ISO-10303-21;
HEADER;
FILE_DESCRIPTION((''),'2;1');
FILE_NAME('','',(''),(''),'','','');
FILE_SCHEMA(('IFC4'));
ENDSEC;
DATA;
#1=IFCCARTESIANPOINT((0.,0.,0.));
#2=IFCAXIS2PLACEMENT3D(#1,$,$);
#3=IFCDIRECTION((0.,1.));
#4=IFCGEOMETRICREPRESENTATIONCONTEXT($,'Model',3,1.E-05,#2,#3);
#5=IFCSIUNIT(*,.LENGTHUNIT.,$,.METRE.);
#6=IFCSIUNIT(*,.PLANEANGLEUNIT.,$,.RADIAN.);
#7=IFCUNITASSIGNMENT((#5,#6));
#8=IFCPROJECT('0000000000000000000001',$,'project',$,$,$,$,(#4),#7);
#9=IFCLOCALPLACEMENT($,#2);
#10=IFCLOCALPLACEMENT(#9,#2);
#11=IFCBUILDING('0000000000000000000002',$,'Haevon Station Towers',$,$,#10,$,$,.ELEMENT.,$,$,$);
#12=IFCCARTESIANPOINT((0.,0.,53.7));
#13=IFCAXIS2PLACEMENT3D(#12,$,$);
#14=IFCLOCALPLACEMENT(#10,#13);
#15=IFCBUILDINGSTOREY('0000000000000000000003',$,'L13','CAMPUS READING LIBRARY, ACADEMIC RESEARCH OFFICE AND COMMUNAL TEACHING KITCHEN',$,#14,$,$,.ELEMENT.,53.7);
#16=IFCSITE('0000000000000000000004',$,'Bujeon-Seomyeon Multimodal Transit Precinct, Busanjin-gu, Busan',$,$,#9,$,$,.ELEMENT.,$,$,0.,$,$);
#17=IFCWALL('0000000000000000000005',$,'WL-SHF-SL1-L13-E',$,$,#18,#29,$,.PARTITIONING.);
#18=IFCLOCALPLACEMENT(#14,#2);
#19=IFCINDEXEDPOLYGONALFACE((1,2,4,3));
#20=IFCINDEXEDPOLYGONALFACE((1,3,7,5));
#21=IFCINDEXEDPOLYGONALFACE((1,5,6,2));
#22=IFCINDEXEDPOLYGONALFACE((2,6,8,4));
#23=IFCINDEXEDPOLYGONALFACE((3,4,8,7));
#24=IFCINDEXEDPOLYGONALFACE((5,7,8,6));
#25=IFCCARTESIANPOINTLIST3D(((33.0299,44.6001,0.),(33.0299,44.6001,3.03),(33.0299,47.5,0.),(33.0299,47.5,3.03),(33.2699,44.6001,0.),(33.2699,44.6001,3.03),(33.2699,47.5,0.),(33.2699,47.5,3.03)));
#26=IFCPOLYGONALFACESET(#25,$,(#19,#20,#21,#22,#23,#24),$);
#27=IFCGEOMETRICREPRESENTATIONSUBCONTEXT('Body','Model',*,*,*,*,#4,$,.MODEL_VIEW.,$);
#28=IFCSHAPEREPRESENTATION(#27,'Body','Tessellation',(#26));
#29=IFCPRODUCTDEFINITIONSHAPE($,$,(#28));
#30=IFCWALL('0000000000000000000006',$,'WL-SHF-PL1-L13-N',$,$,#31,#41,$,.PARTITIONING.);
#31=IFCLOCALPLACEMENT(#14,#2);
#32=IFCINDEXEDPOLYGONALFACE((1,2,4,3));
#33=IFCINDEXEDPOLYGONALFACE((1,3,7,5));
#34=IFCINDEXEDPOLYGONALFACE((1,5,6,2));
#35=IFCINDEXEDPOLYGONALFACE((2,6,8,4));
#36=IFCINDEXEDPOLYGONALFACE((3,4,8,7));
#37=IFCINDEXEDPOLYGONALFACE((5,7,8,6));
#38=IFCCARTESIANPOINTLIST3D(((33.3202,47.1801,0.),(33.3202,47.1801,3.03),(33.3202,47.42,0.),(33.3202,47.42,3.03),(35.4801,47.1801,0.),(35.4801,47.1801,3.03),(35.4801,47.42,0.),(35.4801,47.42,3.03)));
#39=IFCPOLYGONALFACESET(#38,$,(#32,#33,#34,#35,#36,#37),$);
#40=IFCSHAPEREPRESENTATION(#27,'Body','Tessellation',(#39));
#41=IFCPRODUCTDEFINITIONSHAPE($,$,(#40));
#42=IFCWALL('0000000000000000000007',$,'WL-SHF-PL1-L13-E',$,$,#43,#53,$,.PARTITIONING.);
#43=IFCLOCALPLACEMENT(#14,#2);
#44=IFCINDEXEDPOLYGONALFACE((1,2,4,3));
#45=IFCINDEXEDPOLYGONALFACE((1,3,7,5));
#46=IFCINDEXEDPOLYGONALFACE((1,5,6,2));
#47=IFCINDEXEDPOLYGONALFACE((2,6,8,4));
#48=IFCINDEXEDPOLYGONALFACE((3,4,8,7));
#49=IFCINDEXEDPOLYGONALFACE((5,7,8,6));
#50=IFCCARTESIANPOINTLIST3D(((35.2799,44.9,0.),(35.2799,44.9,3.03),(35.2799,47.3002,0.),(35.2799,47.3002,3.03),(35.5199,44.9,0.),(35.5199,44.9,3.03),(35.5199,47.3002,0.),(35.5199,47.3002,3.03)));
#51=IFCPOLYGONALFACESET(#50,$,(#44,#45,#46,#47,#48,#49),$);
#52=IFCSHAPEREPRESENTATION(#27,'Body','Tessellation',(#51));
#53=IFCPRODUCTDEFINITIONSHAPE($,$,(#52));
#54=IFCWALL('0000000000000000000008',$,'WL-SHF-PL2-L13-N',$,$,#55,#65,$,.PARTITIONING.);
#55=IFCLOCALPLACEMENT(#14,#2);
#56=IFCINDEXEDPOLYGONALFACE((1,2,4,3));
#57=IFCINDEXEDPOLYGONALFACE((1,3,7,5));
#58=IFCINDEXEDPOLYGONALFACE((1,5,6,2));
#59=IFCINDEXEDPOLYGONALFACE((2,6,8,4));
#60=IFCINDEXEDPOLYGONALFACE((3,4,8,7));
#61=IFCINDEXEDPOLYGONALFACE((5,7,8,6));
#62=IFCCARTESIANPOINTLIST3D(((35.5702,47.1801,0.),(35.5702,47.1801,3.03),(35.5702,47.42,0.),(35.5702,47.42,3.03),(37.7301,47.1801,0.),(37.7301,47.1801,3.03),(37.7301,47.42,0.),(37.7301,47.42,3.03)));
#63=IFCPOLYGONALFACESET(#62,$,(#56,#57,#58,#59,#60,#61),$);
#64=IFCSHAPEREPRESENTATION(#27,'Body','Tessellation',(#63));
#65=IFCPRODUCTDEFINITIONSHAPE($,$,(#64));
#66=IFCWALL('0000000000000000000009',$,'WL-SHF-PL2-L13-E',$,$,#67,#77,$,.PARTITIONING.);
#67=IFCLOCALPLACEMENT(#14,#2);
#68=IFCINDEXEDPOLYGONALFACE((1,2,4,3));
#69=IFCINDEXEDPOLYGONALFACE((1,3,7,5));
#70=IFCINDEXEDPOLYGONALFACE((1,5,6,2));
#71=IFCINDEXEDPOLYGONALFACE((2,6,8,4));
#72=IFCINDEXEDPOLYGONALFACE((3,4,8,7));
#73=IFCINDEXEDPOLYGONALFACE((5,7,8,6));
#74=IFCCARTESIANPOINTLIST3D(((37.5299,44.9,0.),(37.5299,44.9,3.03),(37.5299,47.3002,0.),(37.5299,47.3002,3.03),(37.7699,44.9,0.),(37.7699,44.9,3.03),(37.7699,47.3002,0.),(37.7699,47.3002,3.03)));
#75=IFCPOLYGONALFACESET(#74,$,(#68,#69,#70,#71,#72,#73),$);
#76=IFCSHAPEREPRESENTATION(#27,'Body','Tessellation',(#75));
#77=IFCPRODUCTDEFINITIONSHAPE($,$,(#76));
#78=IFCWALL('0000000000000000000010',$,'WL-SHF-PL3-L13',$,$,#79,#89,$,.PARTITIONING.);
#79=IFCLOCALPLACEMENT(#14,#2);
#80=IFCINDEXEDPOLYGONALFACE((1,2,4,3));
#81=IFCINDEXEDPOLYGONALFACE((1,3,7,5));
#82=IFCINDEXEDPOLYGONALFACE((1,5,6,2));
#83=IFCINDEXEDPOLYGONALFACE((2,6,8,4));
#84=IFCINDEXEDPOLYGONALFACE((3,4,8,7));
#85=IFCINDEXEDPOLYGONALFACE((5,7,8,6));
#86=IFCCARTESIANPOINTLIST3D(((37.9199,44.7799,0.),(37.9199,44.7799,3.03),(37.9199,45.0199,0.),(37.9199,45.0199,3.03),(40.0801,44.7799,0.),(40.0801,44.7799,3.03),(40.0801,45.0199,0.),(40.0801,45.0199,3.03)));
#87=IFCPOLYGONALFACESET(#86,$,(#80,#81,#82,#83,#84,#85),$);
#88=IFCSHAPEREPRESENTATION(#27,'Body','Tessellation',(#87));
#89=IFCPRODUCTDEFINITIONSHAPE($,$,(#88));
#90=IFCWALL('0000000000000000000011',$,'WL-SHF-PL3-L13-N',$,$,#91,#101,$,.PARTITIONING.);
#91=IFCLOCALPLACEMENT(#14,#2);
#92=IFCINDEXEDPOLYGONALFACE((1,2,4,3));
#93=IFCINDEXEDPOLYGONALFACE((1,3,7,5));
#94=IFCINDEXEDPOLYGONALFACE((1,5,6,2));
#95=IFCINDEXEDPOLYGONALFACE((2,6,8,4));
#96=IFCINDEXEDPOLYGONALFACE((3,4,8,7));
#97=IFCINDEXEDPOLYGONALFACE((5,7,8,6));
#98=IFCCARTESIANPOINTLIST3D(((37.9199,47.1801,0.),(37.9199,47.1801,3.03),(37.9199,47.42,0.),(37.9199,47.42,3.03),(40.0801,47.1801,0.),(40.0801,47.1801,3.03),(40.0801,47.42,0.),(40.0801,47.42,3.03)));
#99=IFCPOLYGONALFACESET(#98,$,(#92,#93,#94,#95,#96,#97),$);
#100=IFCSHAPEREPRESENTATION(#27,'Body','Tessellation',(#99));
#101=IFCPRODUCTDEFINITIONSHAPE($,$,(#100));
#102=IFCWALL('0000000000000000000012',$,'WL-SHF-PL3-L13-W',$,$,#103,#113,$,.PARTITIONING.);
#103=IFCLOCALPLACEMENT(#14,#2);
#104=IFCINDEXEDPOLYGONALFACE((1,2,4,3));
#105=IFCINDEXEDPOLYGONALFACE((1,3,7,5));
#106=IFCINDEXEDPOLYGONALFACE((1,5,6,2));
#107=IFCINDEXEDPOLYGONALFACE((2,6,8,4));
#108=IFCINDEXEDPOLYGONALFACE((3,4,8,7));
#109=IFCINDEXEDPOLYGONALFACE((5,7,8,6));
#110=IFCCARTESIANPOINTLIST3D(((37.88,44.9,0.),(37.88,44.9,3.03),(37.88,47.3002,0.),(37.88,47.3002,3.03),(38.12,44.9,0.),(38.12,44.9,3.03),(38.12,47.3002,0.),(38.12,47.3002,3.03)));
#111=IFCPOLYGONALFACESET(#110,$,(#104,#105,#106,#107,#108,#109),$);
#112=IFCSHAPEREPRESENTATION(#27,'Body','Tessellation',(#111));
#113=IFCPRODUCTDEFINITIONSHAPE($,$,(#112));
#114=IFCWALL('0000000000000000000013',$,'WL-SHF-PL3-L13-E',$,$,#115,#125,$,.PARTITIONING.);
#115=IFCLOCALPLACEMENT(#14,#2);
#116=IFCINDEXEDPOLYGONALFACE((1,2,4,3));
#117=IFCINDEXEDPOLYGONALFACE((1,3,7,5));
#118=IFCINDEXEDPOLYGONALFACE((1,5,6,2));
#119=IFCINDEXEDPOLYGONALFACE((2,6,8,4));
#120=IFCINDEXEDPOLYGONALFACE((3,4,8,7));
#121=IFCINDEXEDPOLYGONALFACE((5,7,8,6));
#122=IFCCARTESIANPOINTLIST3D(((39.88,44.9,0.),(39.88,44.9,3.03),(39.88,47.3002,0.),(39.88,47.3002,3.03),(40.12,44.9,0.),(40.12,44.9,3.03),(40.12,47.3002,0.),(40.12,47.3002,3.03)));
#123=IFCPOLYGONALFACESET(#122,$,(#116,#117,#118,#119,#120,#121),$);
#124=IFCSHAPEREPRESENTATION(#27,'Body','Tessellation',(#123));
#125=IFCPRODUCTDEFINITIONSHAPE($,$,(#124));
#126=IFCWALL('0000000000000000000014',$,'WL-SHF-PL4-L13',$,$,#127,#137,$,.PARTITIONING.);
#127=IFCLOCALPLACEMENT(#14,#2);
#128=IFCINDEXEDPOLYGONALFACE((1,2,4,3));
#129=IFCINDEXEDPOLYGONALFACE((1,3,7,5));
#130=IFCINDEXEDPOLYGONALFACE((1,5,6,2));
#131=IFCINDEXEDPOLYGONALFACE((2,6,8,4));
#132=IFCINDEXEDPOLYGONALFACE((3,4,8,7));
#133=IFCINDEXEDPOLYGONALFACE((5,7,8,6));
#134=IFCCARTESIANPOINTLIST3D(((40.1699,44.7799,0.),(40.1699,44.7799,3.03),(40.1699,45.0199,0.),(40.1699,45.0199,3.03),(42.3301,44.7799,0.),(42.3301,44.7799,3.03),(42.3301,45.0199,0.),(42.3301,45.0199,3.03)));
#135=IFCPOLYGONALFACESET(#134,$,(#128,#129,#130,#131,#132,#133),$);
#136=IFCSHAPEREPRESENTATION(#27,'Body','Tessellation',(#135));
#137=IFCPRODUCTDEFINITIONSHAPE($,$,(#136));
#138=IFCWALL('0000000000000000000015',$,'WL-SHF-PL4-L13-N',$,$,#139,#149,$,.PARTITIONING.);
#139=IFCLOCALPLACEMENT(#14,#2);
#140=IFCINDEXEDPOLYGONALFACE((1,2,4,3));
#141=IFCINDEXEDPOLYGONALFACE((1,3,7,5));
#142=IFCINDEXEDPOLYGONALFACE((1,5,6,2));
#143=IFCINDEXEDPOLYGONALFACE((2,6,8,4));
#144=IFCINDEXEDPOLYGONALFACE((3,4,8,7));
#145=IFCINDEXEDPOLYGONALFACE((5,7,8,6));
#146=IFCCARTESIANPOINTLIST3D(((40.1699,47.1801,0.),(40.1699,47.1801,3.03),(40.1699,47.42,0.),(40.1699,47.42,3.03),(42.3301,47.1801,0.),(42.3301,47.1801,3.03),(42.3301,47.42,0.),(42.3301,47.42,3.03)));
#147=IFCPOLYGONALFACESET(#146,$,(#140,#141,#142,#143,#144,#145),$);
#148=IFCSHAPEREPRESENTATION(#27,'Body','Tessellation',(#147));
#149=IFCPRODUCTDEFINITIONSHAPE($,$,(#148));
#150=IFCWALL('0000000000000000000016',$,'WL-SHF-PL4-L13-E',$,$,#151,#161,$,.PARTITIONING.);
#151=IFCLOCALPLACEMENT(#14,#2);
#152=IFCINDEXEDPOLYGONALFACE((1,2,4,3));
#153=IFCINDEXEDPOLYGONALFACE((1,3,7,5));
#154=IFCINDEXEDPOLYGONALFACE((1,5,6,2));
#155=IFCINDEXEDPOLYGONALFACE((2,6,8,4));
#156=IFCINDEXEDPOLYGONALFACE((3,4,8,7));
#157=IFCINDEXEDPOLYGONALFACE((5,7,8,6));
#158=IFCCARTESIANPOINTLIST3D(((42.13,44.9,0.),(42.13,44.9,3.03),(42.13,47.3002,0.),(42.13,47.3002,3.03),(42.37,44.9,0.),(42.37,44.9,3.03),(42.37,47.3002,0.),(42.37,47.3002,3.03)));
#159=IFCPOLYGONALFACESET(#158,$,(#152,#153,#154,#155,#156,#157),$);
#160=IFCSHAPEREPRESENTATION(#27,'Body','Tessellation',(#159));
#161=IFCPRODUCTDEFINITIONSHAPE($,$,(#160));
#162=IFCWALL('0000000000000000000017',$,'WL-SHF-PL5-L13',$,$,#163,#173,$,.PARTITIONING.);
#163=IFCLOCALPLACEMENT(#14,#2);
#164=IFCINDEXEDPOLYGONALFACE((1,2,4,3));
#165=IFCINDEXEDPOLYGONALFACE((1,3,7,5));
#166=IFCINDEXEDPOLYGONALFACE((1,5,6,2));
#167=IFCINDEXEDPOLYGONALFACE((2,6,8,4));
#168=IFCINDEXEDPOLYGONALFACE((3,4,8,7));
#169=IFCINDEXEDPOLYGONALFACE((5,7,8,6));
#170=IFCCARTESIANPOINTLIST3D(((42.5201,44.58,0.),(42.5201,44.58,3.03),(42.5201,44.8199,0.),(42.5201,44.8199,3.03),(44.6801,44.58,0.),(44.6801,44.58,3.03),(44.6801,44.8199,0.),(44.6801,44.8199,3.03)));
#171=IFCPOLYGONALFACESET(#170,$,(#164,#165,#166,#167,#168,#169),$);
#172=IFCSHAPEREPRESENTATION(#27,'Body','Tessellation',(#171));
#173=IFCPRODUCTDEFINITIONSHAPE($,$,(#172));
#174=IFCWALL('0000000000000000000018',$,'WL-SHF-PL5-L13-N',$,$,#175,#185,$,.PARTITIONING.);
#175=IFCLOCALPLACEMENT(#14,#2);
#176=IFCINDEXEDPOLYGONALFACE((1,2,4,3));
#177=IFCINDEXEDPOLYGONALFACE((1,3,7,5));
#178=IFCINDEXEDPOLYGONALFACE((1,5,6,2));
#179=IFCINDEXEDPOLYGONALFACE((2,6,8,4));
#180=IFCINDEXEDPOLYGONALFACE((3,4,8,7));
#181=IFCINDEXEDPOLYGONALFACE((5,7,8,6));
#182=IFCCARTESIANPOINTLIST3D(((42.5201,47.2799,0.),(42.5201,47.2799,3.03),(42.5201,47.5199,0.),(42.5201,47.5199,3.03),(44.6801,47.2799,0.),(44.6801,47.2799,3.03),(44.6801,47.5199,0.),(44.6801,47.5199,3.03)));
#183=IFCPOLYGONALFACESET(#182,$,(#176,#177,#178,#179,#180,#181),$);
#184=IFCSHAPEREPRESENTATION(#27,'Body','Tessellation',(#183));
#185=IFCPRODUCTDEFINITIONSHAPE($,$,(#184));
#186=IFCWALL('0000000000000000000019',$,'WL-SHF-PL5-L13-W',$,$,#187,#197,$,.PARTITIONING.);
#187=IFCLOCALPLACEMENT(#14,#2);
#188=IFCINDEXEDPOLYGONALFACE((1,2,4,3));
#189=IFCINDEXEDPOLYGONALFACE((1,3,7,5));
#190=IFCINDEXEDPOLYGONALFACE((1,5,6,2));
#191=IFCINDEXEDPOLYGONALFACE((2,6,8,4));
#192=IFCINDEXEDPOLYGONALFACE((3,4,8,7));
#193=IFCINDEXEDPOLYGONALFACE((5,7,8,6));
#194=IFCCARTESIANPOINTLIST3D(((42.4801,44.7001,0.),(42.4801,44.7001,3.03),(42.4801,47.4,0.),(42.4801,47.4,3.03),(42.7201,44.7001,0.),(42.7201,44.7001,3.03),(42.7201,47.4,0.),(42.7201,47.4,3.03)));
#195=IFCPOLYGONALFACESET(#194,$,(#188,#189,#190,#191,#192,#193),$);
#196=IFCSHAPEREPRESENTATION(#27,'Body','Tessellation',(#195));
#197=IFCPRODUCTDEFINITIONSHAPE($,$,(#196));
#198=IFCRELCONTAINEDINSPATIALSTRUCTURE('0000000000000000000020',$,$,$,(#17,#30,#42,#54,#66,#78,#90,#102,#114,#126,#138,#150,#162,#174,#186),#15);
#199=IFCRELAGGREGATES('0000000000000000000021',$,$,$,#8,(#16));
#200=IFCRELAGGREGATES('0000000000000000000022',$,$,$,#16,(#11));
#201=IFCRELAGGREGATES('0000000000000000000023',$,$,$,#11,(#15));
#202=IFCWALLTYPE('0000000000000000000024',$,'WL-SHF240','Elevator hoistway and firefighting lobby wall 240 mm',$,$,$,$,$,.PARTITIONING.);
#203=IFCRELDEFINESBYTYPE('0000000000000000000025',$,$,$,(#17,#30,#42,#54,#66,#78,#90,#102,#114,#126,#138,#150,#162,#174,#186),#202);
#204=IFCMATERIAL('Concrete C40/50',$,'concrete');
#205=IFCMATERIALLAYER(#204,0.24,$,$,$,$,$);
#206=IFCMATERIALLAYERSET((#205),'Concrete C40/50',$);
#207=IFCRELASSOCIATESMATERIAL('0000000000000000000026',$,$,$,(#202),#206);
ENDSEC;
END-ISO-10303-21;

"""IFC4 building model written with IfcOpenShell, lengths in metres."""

from ifc_helpers import new_model, si_unit, direction, frame, frame_2d, origin, place, context, subcontext, project, spatial, rectangle, extrude, material, layer, layer_set, type_object, element, save


model = new_model("IFC4")

# Units and contexts
model_context = context("Model", 3, precision=1e-05, world=origin(), true_north=direction((0.0, 1.0)))
body_context = subcontext(model_context, "Body", "Model", "MODEL_VIEW")
ifc_project = project(units=[si_unit("LENGTHUNIT", "METRE"), si_unit("PLANEANGLEUNIT", "RADIAN")], contexts=[model_context])

# Site, building, storey
site_placement = place(None, origin())
site = spatial("IfcSite", under=ifc_project, at=site_placement, Name="Bujeon-Seomyeon Multimodal Transit Precinct, Busanjin-gu, Busan", CompositionType="ELEMENT", RefElevation=0.0)
building_placement = place(site_placement, origin())
building = spatial("IfcBuilding", under=site, at=building_placement, Name="Haevon Station Towers", CompositionType="ELEMENT")
storey_placement = place(building_placement, frame((0.0, 0.0, 53.7)))
storey = spatial("IfcBuildingStorey", under=building, at=storey_placement, Name="L13", Description="CAMPUS READING LIBRARY, ACADEMIC RESEARCH OFFICE AND COMMUNAL TEACHING KITCHEN", CompositionType="ELEMENT", Elevation=53.7)

# Shared definitions
ifc_material_1 = material(Name="Concrete C40/50", Category="concrete")
ifc_layer_1 = layer(ifc_material_1, 0.24)
ifc_layer_set_1 = layer_set([ifc_layer_1], Name="Concrete C40/50")
wall_type_1 = type_object("IfcWallType", Name="WL-SHF240", Description="Elevator hoistway and firefighting lobby wall 240 mm", PredefinedType="PARTITIONING", material=ifc_layer_set_1)

# Wall
for number, where, z_axis, x_axis, name in (
    (1, (33.1499, 44.6001, 0.0), (0.0, 0.0, 1.0), (0.0, 1.0, 0.0), "WL-SHF-SL1-L13-E"),
):
    element("IfcWall", number, at=place(storey_placement, frame(where, z_axis=z_axis, x_axis=x_axis)), inside=storey, type_object=wall_type_1, Name=name, PredefinedType="PARTITIONING", context=body_context, shape_type="SweptSolid", body=[
        extrude(rectangle(XDim=2.8999, YDim=0.24, at=frame_2d((1.45, 0.0))), origin(), (0.0, 0.0, 1.0), 3.03),
    ])

# Walls
wall_1_placement = place(storey_placement, frame((33.3201, 47.3, 0.0), z_axis=(0.0, 0.0, 1.0), x_axis=(1.0, 0.0, 0.0)))
element("IfcWall", 2, at=wall_1_placement, inside=storey, type_object=wall_type_1, Name="WL-SHF-PL1-L13-N", PredefinedType="PARTITIONING", context=body_context, shape_type="SweptSolid", body=[
    extrude(rectangle(XDim=2.1599, YDim=0.24, at=frame_2d((1.0801, 0.0))), origin(), (0.0, 0.0, 1.0), 3.03),
])
wall_2_placement = place(storey_placement, frame((35.3999, 44.8999, 0.0), z_axis=(0.0, 0.0, 1.0), x_axis=(0.0, 1.0, 0.0)))
element("IfcWall", 3, at=wall_2_placement, inside=storey, type_object=wall_type_1, Name="WL-SHF-PL1-L13-E", PredefinedType="PARTITIONING", context=body_context, shape_type="SweptSolid", body=[
    extrude(rectangle(XDim=2.4001, YDim=0.24, at=frame_2d((1.2002, 0.0))), origin(), (0.0, 0.0, 1.0), 3.03),
])

# Walls
wall_3_placement = place(storey_placement, frame((35.5701, 47.3, 0.0), z_axis=(0.0, 0.0, 1.0), x_axis=(1.0, 0.0, 0.0)))
element("IfcWall", 4, at=wall_3_placement, inside=storey, type_object=wall_type_1, Name="WL-SHF-PL2-L13-N", PredefinedType="PARTITIONING", context=body_context, shape_type="SweptSolid", body=[
    extrude(rectangle(XDim=2.1599, YDim=0.24, at=frame_2d((1.0801, 0.0))), origin(), (0.0, 0.0, 1.0), 3.03),
])
wall_4_placement = place(storey_placement, frame((37.6499, 44.8999, 0.0), z_axis=(0.0, 0.0, 1.0), x_axis=(0.0, 1.0, 0.0)))
element("IfcWall", 5, at=wall_4_placement, inside=storey, type_object=wall_type_1, Name="WL-SHF-PL2-L13-E", PredefinedType="PARTITIONING", context=body_context, shape_type="SweptSolid", body=[
    extrude(rectangle(XDim=2.4001, YDim=0.24, at=frame_2d((1.2002, 0.0))), origin(), (0.0, 0.0, 1.0), 3.03),
])
for number, where, z_axis, x_axis, name in (
    (6, (37.9199, 44.8999, 0.0), (0.0, 0.0, 1.0), (1.0, 0.0, 0.0), "WL-SHF-PL3-L13"),
    (7, (37.9199, 47.3, 0.0), (0.0, 0.0, 1.0), (1.0, 0.0, 0.0), "WL-SHF-PL3-L13-N"),
):
    element("IfcWall", number, at=place(storey_placement, frame(where, z_axis=z_axis, x_axis=x_axis)), inside=storey, type_object=wall_type_1, Name=name, PredefinedType="PARTITIONING", context=body_context, shape_type="SweptSolid", body=[
        extrude(rectangle(XDim=2.1602, YDim=0.24, at=frame_2d((1.0801, 0.0))), origin(), (0.0, 0.0, 1.0), 3.03),
    ])
for number, where, z_axis, x_axis, name in (
    (8, (38.0, 44.8999, 0.0), (0.0, 0.0, 1.0), (0.0, 1.0, 0.0), "WL-SHF-PL3-L13-W"),
    (9, (40.0, 44.8999, 0.0), (0.0, 0.0, 1.0), (0.0, 1.0, 0.0), "WL-SHF-PL3-L13-E"),
):
    element("IfcWall", number, at=place(storey_placement, frame(where, z_axis=z_axis, x_axis=x_axis)), inside=storey, type_object=wall_type_1, Name=name, PredefinedType="PARTITIONING", context=body_context, shape_type="SweptSolid", body=[
        extrude(rectangle(XDim=2.4001, YDim=0.24, at=frame_2d((1.2002, 0.0))), origin(), (0.0, 0.0, 1.0), 3.03),
    ])
for number, where, z_axis, x_axis, name in (
    (10, (40.1699, 44.8999, 0.0), (0.0, 0.0, 1.0), (1.0, 0.0, 0.0), "WL-SHF-PL4-L13"),
    (11, (40.1699, 47.3, 0.0), (0.0, 0.0, 1.0), (1.0, 0.0, 0.0), "WL-SHF-PL4-L13-N"),
):
    element("IfcWall", number, at=place(storey_placement, frame(where, z_axis=z_axis, x_axis=x_axis)), inside=storey, type_object=wall_type_1, Name=name, PredefinedType="PARTITIONING", context=body_context, shape_type="SweptSolid", body=[
        extrude(rectangle(XDim=2.1602, YDim=0.24, at=frame_2d((1.0801, 0.0))), origin(), (0.0, 0.0, 1.0), 3.03),
    ])
wall_5_placement = place(storey_placement, frame((42.25, 44.8999, 0.0), z_axis=(0.0, 0.0, 1.0), x_axis=(0.0, 1.0, 0.0)))
element("IfcWall", 12, at=wall_5_placement, inside=storey, type_object=wall_type_1, Name="WL-SHF-PL4-L13-E", PredefinedType="PARTITIONING", context=body_context, shape_type="SweptSolid", body=[
    extrude(rectangle(XDim=2.4001, YDim=0.24, at=frame_2d((1.2002, 0.0))), origin(), (0.0, 0.0, 1.0), 3.03),
])
for number, where, z_axis, x_axis, name in (
    (13, (42.52, 44.7, 0.0), (0.0, 0.0, 1.0), (1.0, 0.0, 0.0), "WL-SHF-PL5-L13"),
    (14, (42.52, 47.3999, 0.0), (0.0, 0.0, 1.0), (1.0, 0.0, 0.0), "WL-SHF-PL5-L13-N"),
):
    element("IfcWall", number, at=place(storey_placement, frame(where, z_axis=z_axis, x_axis=x_axis)), inside=storey, type_object=wall_type_1, Name=name, PredefinedType="PARTITIONING", context=body_context, shape_type="SweptSolid", body=[
        extrude(rectangle(XDim=2.1599, YDim=0.24, at=frame_2d((1.0801, 0.0))), origin(), (0.0, 0.0, 1.0), 3.03),
    ])
wall_6_placement = place(storey_placement, frame((42.6001, 44.7, 0.0), z_axis=(0.0, 0.0, 1.0), x_axis=(0.0, 1.0, 0.0)))
element("IfcWall", 15, at=wall_6_placement, inside=storey, type_object=wall_type_1, Name="WL-SHF-PL5-L13-W", PredefinedType="PARTITIONING", context=body_context, shape_type="SweptSolid", body=[
    extrude(rectangle(XDim=2.7, YDim=0.24, at=frame_2d((1.3501, 0.0))), origin(), (0.0, 0.0, 1.0), 3.03),
])

save(model, "model.ifc")
